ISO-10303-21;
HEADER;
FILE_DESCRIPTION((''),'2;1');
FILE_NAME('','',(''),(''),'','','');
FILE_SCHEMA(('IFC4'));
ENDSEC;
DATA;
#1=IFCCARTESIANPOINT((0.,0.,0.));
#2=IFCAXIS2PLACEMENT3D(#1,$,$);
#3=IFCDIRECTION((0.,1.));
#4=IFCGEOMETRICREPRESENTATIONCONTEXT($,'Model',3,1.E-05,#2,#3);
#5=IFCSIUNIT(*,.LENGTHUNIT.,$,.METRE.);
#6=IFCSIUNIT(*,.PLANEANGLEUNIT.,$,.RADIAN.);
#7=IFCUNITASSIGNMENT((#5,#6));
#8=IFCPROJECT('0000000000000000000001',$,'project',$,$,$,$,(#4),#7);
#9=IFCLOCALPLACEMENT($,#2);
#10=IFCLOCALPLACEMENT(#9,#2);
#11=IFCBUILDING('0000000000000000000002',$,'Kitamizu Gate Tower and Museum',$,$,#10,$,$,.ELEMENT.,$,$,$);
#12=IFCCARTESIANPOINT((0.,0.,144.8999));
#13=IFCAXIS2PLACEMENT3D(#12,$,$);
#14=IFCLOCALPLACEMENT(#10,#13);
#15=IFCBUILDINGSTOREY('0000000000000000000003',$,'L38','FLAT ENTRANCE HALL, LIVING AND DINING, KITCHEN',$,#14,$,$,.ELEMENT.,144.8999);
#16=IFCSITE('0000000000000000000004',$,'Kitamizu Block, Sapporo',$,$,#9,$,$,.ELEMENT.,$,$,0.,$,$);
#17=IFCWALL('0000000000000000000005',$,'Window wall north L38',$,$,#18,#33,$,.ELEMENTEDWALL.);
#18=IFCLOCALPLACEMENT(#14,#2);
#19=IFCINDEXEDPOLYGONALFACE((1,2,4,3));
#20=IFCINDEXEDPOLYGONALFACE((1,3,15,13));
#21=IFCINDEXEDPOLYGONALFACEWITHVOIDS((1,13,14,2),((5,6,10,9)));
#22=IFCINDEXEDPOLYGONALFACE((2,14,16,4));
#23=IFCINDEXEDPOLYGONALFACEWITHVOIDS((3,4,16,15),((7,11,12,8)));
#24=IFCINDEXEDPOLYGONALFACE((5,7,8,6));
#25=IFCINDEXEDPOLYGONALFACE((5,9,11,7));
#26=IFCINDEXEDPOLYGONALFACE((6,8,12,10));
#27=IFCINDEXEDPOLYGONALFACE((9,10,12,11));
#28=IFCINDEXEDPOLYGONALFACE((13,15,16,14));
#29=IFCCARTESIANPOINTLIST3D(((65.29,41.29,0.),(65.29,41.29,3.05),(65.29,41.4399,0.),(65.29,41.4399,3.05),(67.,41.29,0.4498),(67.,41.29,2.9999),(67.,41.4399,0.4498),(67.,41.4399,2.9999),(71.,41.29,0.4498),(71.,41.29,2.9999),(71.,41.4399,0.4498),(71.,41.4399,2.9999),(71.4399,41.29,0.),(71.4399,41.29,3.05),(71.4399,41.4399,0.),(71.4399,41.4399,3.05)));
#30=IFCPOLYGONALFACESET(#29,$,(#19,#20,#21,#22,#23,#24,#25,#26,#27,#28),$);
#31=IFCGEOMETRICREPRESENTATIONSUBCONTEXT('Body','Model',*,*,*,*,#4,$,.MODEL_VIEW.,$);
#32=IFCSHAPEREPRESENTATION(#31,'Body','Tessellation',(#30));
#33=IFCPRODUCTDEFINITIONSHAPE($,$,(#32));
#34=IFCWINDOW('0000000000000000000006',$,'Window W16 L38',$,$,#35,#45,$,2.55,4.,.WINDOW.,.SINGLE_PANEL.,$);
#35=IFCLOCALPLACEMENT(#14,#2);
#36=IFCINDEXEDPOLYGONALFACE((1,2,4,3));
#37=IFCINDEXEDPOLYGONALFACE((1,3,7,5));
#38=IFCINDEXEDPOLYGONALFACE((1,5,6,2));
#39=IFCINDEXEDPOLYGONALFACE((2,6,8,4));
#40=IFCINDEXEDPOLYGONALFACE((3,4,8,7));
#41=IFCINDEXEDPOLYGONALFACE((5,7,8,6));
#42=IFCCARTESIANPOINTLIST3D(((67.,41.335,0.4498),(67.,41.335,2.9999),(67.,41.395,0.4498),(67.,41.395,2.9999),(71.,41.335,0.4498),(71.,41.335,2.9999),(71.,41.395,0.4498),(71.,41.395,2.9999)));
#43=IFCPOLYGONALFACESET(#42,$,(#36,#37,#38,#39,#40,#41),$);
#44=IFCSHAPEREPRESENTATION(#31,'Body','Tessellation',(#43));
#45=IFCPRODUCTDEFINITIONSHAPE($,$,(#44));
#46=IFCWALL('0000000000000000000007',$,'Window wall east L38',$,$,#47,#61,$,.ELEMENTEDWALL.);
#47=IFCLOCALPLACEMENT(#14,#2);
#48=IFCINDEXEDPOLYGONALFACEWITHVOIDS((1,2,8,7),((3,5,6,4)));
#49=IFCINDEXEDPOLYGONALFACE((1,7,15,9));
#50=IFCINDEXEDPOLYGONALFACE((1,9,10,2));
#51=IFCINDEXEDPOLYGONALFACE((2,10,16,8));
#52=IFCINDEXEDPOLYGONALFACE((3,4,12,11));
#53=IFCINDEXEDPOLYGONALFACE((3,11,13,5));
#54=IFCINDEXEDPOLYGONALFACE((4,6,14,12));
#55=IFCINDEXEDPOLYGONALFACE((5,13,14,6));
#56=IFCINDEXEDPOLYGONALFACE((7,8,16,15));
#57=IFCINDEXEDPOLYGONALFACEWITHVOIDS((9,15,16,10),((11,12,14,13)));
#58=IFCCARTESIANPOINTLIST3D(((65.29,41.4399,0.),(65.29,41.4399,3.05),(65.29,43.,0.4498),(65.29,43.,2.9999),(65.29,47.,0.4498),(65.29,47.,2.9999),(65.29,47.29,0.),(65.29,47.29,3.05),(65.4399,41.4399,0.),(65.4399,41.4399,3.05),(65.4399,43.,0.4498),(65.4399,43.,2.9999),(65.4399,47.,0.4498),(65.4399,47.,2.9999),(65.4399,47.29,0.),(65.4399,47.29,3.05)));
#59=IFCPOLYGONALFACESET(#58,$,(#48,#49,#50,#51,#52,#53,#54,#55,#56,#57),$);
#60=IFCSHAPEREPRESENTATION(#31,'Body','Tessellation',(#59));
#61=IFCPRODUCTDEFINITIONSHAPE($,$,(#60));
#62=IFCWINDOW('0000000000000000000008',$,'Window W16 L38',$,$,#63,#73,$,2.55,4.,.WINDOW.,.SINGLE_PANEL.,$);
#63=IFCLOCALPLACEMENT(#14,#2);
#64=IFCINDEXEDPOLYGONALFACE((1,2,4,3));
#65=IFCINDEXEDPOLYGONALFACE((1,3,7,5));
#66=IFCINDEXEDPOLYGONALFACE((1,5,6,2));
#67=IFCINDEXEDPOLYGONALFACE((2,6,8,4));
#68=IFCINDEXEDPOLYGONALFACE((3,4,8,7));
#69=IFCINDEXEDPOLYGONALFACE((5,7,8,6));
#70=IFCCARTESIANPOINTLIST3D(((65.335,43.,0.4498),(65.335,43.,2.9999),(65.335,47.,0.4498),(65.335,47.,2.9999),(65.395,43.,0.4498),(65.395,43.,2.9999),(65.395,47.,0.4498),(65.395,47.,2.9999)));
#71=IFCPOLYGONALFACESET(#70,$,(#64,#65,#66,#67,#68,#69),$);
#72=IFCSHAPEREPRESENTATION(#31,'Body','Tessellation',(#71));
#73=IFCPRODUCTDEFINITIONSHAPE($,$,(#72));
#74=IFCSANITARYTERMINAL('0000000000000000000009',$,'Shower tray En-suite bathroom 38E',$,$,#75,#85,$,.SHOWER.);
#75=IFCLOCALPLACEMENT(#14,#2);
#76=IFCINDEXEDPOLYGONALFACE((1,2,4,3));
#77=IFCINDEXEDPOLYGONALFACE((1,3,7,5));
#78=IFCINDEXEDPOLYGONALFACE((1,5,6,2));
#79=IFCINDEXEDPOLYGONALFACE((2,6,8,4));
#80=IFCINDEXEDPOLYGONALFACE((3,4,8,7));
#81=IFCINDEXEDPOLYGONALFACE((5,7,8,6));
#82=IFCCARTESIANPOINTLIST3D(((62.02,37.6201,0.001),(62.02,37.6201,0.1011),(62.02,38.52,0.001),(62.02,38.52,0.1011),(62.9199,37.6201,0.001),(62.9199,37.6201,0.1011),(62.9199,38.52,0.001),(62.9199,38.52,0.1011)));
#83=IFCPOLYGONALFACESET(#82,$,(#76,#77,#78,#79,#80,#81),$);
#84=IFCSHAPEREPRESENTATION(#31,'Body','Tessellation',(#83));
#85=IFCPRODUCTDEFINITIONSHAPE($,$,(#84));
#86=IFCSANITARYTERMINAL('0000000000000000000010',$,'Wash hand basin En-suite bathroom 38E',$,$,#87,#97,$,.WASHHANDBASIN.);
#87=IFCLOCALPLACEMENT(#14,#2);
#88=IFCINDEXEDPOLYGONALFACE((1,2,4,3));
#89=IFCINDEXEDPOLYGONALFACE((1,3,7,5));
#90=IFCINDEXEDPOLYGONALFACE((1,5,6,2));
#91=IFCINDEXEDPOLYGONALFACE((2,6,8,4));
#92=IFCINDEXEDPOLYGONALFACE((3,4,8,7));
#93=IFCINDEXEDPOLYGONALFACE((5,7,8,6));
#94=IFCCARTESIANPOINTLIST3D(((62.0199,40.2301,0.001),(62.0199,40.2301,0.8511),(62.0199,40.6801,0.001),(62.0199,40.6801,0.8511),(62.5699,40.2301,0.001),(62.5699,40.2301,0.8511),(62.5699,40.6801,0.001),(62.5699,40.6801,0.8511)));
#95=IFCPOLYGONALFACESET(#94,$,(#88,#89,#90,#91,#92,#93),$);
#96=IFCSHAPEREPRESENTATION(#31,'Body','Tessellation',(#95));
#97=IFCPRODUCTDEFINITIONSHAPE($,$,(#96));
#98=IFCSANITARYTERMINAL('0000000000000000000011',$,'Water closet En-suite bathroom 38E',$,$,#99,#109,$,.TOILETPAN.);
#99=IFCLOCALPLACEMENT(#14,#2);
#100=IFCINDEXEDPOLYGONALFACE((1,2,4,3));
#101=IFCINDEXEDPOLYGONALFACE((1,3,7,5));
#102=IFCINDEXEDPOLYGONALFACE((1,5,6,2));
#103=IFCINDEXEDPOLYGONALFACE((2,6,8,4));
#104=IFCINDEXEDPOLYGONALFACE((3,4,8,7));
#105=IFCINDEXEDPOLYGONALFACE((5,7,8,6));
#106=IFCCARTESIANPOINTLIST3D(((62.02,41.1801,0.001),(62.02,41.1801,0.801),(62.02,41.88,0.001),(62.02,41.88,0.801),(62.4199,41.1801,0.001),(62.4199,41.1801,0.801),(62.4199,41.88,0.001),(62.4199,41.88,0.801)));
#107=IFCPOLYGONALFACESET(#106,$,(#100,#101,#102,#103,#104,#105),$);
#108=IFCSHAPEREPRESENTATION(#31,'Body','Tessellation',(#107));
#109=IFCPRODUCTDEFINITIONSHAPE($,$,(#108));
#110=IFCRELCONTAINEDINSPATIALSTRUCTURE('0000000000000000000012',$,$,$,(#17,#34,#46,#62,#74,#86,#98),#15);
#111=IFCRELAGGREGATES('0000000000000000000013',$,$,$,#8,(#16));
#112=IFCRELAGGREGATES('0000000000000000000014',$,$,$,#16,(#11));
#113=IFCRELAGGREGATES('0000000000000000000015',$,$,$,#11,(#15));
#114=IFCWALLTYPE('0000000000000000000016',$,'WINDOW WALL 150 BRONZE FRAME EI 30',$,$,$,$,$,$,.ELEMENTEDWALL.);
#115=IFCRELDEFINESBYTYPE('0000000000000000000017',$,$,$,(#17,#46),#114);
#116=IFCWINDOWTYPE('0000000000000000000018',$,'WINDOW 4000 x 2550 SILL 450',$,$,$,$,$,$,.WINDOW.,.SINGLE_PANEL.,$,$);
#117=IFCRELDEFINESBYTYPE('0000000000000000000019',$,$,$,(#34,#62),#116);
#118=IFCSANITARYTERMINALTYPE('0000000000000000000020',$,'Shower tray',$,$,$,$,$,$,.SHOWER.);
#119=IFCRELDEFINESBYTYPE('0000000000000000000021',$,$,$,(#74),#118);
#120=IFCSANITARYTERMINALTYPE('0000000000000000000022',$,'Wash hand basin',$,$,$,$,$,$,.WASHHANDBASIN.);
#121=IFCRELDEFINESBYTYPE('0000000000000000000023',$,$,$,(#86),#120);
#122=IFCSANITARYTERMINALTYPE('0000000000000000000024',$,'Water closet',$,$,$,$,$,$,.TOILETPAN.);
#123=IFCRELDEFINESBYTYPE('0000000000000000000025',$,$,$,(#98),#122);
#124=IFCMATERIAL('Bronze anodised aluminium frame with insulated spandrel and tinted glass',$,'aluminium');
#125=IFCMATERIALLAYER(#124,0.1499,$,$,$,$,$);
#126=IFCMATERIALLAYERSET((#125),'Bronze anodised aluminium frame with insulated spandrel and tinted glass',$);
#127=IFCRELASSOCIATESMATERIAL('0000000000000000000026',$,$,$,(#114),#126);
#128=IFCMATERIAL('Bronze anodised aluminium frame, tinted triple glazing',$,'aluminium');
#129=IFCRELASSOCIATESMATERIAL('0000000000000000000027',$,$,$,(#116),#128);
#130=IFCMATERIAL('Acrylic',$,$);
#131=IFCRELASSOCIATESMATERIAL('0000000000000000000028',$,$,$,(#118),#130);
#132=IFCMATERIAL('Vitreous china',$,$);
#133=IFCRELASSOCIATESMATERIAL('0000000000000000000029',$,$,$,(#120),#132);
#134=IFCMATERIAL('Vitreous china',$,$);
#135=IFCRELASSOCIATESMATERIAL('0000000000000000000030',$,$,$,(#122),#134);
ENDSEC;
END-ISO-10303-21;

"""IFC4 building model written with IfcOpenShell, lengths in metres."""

from ifc_helpers import new_model, si_unit, direction, frame, frame_2d, origin, origin_2d, place, context, subcontext, project, spatial, rectangle, extrude, material, layer, layer_set, type_object, element, fill, save


model = new_model("IFC4")

# Units and contexts
model_context = context("Model", 3, precision=1e-05, world=origin(), true_north=direction((0.0, 1.0)))
body_context = subcontext(model_context, "Body", "Model", "MODEL_VIEW")
ifc_project = project(units=[si_unit("LENGTHUNIT", "METRE"), si_unit("PLANEANGLEUNIT", "RADIAN")], contexts=[model_context])

# Site, building, storey
site_placement = place(None, origin())
site = spatial("IfcSite", under=ifc_project, at=site_placement, Name="Kitamizu Block, Sapporo", CompositionType="ELEMENT", RefElevation=0.0)
building_placement = place(site_placement, origin())
building = spatial("IfcBuilding", under=site, at=building_placement, Name="Kitamizu Gate Tower and Museum", CompositionType="ELEMENT")
storey_placement = place(building_placement, frame((0.0, 0.0, 144.8999)))
storey = spatial("IfcBuildingStorey", under=building, at=storey_placement, Name="L38", Description="FLAT ENTRANCE HALL, LIVING AND DINING, KITCHEN", CompositionType="ELEMENT", Elevation=144.8999)

# Walls, openings, windows
ifc_material_1 = material(Name="Bronze anodised aluminium frame with insulated spandrel and tinted glass", Category="aluminium")
ifc_layer_1 = layer(ifc_material_1, 0.1499)
ifc_layer_set_1 = layer_set([ifc_layer_1], Name="Bronze anodised aluminium frame with insulated spandrel and tinted glass")
wall_type_1 = type_object("IfcWallType", Name="WINDOW WALL 150 BRONZE FRAME EI 30", PredefinedType="ELEMENTEDWALL", material=ifc_layer_set_1)
wall_1_placement = place(storey_placement, frame((65.29, 41.365, 0.0), z_axis=(0.0, 0.0, 1.0), x_axis=(1.0, 0.0, 0.0)))
wall_1 = element("IfcWall", 1, at=wall_1_placement, inside=storey, type_object=wall_type_1, Name="Window wall north L38", PredefinedType="ELEMENTEDWALL", context=body_context, shape_type="SweptSolid", body=[
    extrude(rectangle(XDim=6.1499, YDim=0.1499, at=frame_2d((3.075, 0.0))), origin(), (0.0, 0.0, 1.0), 3.05),
])
opening_1_placement = place(wall_1_placement, frame((1.71, 0.0, 0.45)))
opening_1 = element("IfcOpeningElement", 2, at=opening_1_placement, cuts=wall_1, PredefinedType="OPENING", context=body_context, shape_type="SweptSolid", body=[
    extrude(rectangle(XDim=4.0, YDim=2.55, at=frame_2d((2.0, 1.2749))), frame((0.0, 0.085, 0.0), z_axis=(0.0, -1.0, 0.0), x_axis=(1.0, 0.0, 0.0)), (0.0, 0.0, 1.0), 0.1699),
])
ifc_material_2 = material(Name="Bronze anodised aluminium frame, tinted triple glazing", Category="aluminium")
window_type = type_object("IfcWindowType", Name="WINDOW 4000 x 2550 SILL 450", PartitioningType="SINGLE_PANEL", PredefinedType="WINDOW", material=ifc_material_2)
window_1_placement = place(opening_1_placement, origin())
window_1 = element("IfcWindow", 3, at=window_1_placement, inside=storey, type_object=window_type, Name="Window W16 L38", OverallHeight=2.55, OverallWidth=4.0, PartitioningType="SINGLE_PANEL", PredefinedType="WINDOW", context=body_context, shape_type="SweptSolid", body=[
    extrude(rectangle(XDim=4.0, YDim=2.55, at=frame_2d((2.0, 1.2749))), frame((0.0, 0.03, 0.0), z_axis=(0.0, -1.0, 0.0), x_axis=(1.0, 0.0, 0.0)), (0.0, 0.0, 1.0), 0.0601),
])
fill(opening_1, window_1)
wall_2_placement = place(storey_placement, frame((65.365, 41.4399, 0.0), z_axis=(0.0, 0.0, 1.0), x_axis=(0.0, 1.0, 0.0)))
wall_2 = element("IfcWall", 4, at=wall_2_placement, inside=storey, type_object=wall_type_1, Name="Window wall east L38", PredefinedType="ELEMENTEDWALL", context=body_context, shape_type="SweptSolid", body=[
    extrude(rectangle(XDim=5.8501, YDim=0.1499, at=frame_2d((2.925, 0.0))), origin(), (0.0, 0.0, 1.0), 3.05),
])
opening_2_placement = place(wall_2_placement, frame((1.5601, 0.0, 0.45)))
opening_2 = element("IfcOpeningElement", 5, at=opening_2_placement, cuts=wall_2, PredefinedType="OPENING", context=body_context, shape_type="SweptSolid", body=[
    extrude(rectangle(XDim=4.0, YDim=2.55, at=frame_2d((2.0, 1.2749))), frame((0.0, 0.085, 0.0), z_axis=(0.0, -1.0, 0.0), x_axis=(1.0, 0.0, 0.0)), (0.0, 0.0, 1.0), 0.1699),
])
window_2_placement = place(opening_2_placement, origin())
window_2 = element("IfcWindow", 6, at=window_2_placement, inside=storey, type_object=window_type, Name="Window W16 L38", OverallHeight=2.55, OverallWidth=4.0, PartitioningType="SINGLE_PANEL", PredefinedType="WINDOW", context=body_context, shape_type="SweptSolid", body=[
    extrude(rectangle(XDim=4.0, YDim=2.55, at=frame_2d((2.0, 1.2749))), frame((0.0, 0.03, 0.0), z_axis=(0.0, -1.0, 0.0), x_axis=(1.0, 0.0, 0.0)), (0.0, 0.0, 1.0), 0.0601),
])
fill(opening_2, window_2)

# Sanitary terminals
ifc_material_3 = material(Name="Acrylic")
sanitary_terminal_type_1 = type_object("IfcSanitaryTerminalType", Name="Shower tray", PredefinedType="SHOWER", material=ifc_material_3)
sanitary_terminal_1_placement = place(storey_placement, frame((62.47, 38.0701, 0.001), z_axis=(0.0, 0.0, 1.0), x_axis=(1.0, 0.0, 0.0)))
element("IfcSanitaryTerminal", 7, at=sanitary_terminal_1_placement, inside=storey, type_object=sanitary_terminal_type_1, Name="Shower tray En-suite bathroom 38E", PredefinedType="SHOWER", context=body_context, shape_type="SweptSolid", body=[
    extrude(rectangle(XDim=0.8999, YDim=0.8999, at=origin_2d()), origin(), (0.0, 0.0, 1.0), 0.1001),
])
ifc_material_4 = material(Name="Vitreous china")
sanitary_terminal_type_2 = type_object("IfcSanitaryTerminalType", Name="Wash hand basin", PredefinedType="WASHHANDBASIN", material=ifc_material_4)
sanitary_terminal_2_placement = place(storey_placement, frame((62.2949, 40.4551, 0.001), z_axis=(0.0, 0.0, 1.0), x_axis=(1.0, 0.0, 0.0)))
element("IfcSanitaryTerminal", 8, at=sanitary_terminal_2_placement, inside=storey, type_object=sanitary_terminal_type_2, Name="Wash hand basin En-suite bathroom 38E", PredefinedType="WASHHANDBASIN", context=body_context, shape_type="SweptSolid", body=[
    extrude(rectangle(XDim=0.55, YDim=0.45, at=origin_2d()), origin(), (0.0, 0.0, 1.0), 0.8501),
])
ifc_material_5 = material(Name="Vitreous china")
sanitary_terminal_type_3 = type_object("IfcSanitaryTerminalType", Name="Water closet", PredefinedType="TOILETPAN", material=ifc_material_5)
sanitary_terminal_3_placement = place(storey_placement, frame((62.22, 41.53, 0.001), z_axis=(0.0, 0.0, 1.0), x_axis=(1.0, 0.0, 0.0)))
element("IfcSanitaryTerminal", 9, at=sanitary_terminal_3_placement, inside=storey, type_object=sanitary_terminal_type_3, Name="Water closet En-suite bathroom 38E", PredefinedType="TOILETPAN", context=body_context, shape_type="SweptSolid", body=[
    extrude(rectangle(XDim=0.3999, YDim=0.7, at=origin_2d()), origin(), (0.0, 0.0, 1.0), 0.8),
])

save(model, "model.ifc")
